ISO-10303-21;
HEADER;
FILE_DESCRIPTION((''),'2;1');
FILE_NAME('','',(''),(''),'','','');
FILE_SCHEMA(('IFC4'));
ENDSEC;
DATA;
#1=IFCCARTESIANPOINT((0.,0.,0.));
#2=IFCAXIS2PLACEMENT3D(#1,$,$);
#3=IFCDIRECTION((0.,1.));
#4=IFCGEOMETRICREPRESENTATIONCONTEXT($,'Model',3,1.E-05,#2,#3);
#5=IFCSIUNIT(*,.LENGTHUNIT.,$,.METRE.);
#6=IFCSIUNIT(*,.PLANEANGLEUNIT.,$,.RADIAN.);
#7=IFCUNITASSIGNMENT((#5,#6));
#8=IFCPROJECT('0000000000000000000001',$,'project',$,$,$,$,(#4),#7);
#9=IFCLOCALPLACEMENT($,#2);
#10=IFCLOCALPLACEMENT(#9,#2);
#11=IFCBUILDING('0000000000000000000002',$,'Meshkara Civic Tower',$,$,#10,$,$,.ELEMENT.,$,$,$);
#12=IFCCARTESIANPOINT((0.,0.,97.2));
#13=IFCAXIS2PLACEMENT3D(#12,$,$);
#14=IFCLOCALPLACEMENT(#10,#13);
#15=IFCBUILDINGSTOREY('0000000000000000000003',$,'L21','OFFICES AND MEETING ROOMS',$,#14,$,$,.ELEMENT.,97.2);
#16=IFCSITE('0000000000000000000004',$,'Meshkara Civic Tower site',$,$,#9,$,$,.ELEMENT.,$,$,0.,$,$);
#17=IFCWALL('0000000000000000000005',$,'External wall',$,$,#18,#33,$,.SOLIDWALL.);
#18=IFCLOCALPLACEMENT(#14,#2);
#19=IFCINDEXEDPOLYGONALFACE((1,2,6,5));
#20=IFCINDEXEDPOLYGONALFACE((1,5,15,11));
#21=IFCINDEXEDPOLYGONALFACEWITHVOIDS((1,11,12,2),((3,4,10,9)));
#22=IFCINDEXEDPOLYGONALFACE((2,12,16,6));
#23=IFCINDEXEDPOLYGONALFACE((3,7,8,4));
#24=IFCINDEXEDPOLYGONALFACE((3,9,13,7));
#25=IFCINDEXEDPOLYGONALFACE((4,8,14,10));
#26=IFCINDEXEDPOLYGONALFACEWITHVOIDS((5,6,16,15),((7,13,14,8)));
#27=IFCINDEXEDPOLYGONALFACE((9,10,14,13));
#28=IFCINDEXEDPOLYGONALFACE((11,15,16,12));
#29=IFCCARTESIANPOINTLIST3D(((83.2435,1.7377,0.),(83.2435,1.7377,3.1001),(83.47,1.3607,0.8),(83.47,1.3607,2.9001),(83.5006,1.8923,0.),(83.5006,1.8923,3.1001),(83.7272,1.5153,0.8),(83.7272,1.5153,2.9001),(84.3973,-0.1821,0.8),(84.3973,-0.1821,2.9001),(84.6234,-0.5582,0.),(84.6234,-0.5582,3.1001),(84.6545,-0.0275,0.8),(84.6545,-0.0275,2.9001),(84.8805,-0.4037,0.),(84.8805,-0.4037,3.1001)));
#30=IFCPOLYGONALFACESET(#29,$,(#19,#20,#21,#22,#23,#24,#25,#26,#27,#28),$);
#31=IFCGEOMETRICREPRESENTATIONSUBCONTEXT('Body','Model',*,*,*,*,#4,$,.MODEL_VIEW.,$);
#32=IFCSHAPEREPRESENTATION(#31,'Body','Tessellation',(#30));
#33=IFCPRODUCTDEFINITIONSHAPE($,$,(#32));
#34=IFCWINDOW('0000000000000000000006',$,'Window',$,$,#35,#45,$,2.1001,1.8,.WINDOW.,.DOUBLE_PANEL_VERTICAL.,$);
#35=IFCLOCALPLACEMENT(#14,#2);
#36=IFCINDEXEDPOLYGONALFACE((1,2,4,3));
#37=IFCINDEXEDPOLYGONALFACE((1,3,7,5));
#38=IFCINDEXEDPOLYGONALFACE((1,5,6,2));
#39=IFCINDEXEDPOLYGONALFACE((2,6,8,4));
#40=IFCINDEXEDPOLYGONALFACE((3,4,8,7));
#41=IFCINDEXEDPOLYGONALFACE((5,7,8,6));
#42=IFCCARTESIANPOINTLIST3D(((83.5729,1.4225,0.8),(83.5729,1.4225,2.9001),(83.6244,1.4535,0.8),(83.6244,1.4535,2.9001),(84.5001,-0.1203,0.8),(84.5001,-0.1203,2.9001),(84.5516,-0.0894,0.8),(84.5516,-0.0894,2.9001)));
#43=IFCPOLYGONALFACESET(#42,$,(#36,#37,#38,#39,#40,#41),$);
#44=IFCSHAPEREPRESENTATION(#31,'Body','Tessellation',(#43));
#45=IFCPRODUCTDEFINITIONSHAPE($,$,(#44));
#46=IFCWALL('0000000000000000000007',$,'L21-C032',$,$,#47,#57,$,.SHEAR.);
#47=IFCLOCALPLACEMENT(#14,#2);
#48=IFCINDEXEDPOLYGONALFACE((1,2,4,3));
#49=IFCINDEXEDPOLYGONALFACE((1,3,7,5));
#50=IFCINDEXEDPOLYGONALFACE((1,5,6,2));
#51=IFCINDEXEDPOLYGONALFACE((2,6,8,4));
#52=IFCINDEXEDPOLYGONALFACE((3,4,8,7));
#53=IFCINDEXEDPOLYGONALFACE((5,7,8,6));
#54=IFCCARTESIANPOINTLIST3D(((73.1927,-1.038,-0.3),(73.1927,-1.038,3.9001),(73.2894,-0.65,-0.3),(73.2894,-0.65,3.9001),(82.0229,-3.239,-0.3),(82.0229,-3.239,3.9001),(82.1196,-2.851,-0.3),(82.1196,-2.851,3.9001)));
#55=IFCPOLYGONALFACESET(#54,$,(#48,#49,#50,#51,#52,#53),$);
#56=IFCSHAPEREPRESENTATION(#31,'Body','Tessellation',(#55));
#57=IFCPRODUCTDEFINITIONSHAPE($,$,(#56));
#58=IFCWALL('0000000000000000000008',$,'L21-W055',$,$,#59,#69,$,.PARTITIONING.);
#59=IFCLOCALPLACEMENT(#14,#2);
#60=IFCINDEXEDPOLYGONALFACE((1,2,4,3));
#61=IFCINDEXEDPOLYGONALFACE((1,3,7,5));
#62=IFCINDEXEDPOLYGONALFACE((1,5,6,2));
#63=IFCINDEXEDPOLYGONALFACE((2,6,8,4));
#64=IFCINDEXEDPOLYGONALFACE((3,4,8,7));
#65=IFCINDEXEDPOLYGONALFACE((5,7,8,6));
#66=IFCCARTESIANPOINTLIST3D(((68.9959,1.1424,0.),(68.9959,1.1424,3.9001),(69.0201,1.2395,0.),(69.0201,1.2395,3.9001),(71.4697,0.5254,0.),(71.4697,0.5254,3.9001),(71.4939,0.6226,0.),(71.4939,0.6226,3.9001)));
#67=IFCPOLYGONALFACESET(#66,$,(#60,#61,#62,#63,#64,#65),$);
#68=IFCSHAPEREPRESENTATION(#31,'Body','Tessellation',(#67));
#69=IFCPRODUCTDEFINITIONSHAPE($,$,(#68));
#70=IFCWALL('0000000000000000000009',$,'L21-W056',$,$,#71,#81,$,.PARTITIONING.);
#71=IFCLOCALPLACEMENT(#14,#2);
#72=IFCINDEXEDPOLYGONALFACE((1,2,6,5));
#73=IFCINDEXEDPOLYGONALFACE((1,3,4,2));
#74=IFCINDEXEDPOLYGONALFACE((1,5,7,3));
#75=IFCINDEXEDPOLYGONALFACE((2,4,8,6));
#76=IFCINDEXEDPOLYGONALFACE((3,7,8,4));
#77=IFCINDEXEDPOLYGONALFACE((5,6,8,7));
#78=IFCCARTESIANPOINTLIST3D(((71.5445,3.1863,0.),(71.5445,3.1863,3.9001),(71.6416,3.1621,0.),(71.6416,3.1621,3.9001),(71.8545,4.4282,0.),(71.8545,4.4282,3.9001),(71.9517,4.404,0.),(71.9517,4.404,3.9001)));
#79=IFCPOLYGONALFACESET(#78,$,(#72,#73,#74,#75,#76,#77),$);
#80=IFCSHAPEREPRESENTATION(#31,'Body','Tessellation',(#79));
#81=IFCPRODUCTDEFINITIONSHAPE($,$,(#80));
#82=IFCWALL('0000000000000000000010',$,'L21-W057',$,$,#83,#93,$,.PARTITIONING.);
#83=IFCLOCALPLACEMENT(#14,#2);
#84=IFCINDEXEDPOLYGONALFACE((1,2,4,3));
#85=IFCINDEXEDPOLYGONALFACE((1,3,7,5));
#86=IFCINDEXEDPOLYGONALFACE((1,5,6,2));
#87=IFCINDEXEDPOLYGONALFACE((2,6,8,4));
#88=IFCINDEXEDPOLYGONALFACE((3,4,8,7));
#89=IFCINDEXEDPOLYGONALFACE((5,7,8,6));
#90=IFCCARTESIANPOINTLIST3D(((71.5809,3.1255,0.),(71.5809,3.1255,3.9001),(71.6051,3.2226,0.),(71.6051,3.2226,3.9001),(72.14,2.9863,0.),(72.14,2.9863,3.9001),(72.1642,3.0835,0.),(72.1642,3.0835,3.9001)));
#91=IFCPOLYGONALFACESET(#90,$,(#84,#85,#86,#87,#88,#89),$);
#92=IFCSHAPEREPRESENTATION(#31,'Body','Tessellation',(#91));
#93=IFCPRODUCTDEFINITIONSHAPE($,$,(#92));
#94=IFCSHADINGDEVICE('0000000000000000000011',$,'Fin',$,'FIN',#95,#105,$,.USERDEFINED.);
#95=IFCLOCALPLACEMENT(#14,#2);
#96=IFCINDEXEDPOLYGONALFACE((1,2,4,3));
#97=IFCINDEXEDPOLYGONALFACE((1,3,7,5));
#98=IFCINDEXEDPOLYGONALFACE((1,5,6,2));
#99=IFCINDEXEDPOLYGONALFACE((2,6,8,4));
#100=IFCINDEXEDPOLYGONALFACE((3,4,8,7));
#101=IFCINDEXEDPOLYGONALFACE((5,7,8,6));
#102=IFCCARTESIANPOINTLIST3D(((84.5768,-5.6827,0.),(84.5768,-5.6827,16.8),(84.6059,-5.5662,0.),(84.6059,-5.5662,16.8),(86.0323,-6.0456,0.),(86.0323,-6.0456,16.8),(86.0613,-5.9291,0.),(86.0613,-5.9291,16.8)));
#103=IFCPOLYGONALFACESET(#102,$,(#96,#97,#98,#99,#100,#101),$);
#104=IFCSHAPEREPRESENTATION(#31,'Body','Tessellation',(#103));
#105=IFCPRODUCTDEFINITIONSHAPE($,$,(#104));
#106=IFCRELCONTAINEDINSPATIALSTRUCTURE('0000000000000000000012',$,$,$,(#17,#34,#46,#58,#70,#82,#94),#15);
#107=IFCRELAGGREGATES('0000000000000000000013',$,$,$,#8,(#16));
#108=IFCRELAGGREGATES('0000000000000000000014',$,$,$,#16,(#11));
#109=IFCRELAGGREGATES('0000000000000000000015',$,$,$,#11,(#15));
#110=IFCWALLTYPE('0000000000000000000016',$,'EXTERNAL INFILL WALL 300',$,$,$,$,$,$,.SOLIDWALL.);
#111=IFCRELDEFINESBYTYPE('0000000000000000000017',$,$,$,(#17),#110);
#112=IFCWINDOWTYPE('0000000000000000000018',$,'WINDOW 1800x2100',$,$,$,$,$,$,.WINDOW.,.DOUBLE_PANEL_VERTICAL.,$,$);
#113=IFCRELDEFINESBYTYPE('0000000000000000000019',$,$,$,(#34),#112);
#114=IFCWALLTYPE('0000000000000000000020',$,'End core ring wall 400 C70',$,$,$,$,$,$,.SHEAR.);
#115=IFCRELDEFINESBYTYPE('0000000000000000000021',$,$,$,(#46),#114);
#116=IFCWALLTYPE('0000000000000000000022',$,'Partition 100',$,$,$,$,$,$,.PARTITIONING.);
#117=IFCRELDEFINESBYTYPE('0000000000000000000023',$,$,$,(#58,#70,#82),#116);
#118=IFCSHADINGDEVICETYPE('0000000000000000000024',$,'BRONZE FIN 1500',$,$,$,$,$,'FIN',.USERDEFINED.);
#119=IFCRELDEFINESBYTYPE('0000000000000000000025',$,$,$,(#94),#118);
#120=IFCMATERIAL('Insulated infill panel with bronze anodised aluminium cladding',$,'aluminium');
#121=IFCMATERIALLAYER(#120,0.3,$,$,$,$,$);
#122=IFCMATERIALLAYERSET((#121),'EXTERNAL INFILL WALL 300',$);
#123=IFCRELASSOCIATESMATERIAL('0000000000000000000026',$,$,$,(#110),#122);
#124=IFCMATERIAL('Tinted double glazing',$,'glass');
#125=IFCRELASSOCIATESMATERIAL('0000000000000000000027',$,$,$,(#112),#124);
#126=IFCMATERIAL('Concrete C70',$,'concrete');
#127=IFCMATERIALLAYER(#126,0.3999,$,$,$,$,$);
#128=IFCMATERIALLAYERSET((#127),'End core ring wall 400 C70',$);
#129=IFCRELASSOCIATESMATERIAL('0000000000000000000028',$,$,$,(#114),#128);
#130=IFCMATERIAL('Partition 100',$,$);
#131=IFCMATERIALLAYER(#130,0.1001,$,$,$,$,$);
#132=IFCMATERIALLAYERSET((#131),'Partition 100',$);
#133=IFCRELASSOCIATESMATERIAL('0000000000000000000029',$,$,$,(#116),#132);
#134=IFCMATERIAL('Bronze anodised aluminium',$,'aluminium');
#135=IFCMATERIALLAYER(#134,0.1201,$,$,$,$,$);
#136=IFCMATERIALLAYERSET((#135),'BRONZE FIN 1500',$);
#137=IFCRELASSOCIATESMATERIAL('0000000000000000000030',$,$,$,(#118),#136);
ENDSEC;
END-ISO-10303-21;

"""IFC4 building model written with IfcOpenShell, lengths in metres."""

from ifc_helpers import new_model, si_unit, direction, frame, frame_2d, origin, origin_2d, place, context, subcontext, project, spatial, rectangle, extrude, material, layer, layer_set, type_object, element, fill, save


model = new_model("IFC4")

# Units and contexts
model_context = context("Model", 3, precision=1e-05, world=origin(), true_north=direction((0.0, 1.0)))
body_context = subcontext(model_context, "Body", "Model", "MODEL_VIEW")
ifc_project = project(units=[si_unit("LENGTHUNIT", "METRE"), si_unit("PLANEANGLEUNIT", "RADIAN")], contexts=[model_context])

# Site, building, storey
site_placement = place(None, origin())
site = spatial("IfcSite", under=ifc_project, at=site_placement, Name="Meshkara Civic Tower site", CompositionType="ELEMENT", RefElevation=0.0)
building_placement = place(site_placement, origin())
building = spatial("IfcBuilding", under=site, at=building_placement, Name="Meshkara Civic Tower", CompositionType="ELEMENT")
storey_placement = place(building_placement, frame((0.0, 0.0, 97.2)))
storey = spatial("IfcBuildingStorey", under=building, at=storey_placement, Name="L21", Description="OFFICES AND MEETING ROOMS", CompositionType="ELEMENT", Elevation=97.2)

# Wall, opening, window
ifc_material_1 = material(Name="Insulated infill panel with bronze anodised aluminium cladding", Category="aluminium")
ifc_layer_1 = layer(ifc_material_1, 0.3)
ifc_layer_set_1 = layer_set([ifc_layer_1], Name="EXTERNAL INFILL WALL 300")
wall_type_1 = type_object("IfcWallType", Name="EXTERNAL INFILL WALL 300", PredefinedType="SOLIDWALL", material=ifc_layer_set_1)
ifc_material_2 = material(Name="Tinted double glazing", Category="glass")
window_type_1 = type_object("IfcWindowType", Name="WINDOW 1800x2100", PartitioningType="DOUBLE_PANEL_VERTICAL", PredefinedType="WINDOW", material=ifc_material_2)
wall_1_placement = place(storey_placement, frame((84.752, -0.481, 0.0), z_axis=(0.0, 0.0, 1.0), x_axis=(-0.515139, 0.857107, 0.0)))
wall_1 = element("IfcWall", 1, at=wall_1_placement, inside=storey, type_object=wall_type_1, Name="External wall", PredefinedType="SOLIDWALL", context=body_context, shape_type="SweptSolid", body=[
    extrude(rectangle(XDim=2.6787, YDim=0.3, at=frame_2d((1.3394, 0.0))), origin(), (0.0, 0.0, 1.0), 3.1001),
])
opening_1_placement = place(wall_1_placement, frame((0.439, 0.0, 0.8)))
opening_1 = element("IfcOpeningElement", 2, at=opening_1_placement, cuts=wall_1, PredefinedType="OPENING", context=body_context, shape_type="SweptSolid", body=[
    extrude(rectangle(XDim=1.8, YDim=2.1001, at=frame_2d((0.8999, 1.05))), frame((0.0, 0.1599, 0.0), z_axis=(0.0, -1.0, 0.0), x_axis=(1.0, 0.0, 0.0)), (0.0, 0.0, 1.0), 0.3201),
])
window_1_placement = place(opening_1_placement, origin())
window_1 = element("IfcWindow", 3, at=window_1_placement, inside=storey, type_object=window_type_1, Name="Window", OverallHeight=2.1001, OverallWidth=1.8, PartitioningType="DOUBLE_PANEL_VERTICAL", PredefinedType="WINDOW", context=body_context, shape_type="SweptSolid", body=[
    extrude(rectangle(XDim=1.8, YDim=2.1001, at=frame_2d((0.8999, 1.05))), frame((0.0, 0.03, 0.0), z_axis=(0.0, -1.0, 0.0), x_axis=(1.0, 0.0, 0.0)), (0.0, 0.0, 1.0), 0.0601),
])
fill(opening_1, window_1)

# Walls
ifc_material_3 = material(Name="Concrete C70", Category="concrete")
ifc_layer_2 = layer(ifc_material_3, 0.3999)
ifc_layer_set_2 = layer_set([ifc_layer_2], Name="End core ring wall 400 C70")
wall_type_2 = type_object("IfcWallType", Name="End core ring wall 400 C70", PredefinedType="SHEAR", material=ifc_layer_set_2)
wall_2_placement = place(storey_placement, frame((73.241, -0.844, -0.3), z_axis=(0.0, 0.0, 1.0), x_axis=(0.970313, -0.241854, 0.0)))
element("IfcWall", 4, at=wall_2_placement, inside=storey, type_object=wall_type_2, Name="L21-C032", PredefinedType="SHEAR", context=body_context, shape_type="SweptSolid", body=[
    extrude(rectangle(XDim=9.1003, YDim=0.3999, at=frame_2d((4.5503, 0.0))), origin(), (0.0, 0.0, 1.0), 4.2002),
])
ifc_material_4 = material(Name="Partition 100")
ifc_layer_3 = layer(ifc_material_4, 0.1001)
ifc_layer_set_3 = layer_set([ifc_layer_3], Name="Partition 100")
wall_type_3 = type_object("IfcWallType", Name="Partition 100", PredefinedType="PARTITIONING", material=ifc_layer_set_3)
wall_3_placement = place(storey_placement, frame((71.4819, 0.574, 0.0), z_axis=(0.0, 0.0, 1.0), x_axis=(-0.970283, 0.241972, 0.0)))
element("IfcWall", 5, at=wall_3_placement, inside=storey, type_object=wall_type_3, Name="L21-W055", PredefinedType="PARTITIONING", context=body_context, shape_type="SweptSolid", body=[
    extrude(rectangle(XDim=2.5496, YDim=0.1001, at=frame_2d((1.2749, 0.0))), origin(), (0.0, 0.0, 1.0), 3.9001),
])
wall_4_placement = place(storey_placement, frame((71.593, 3.1741, 0.0), z_axis=(0.0, 0.0, 1.0), x_axis=(0.242221, 0.970221, 0.0)))
element("IfcWall", 6, at=wall_4_placement, inside=storey, type_object=wall_type_3, Name="L21-W056", PredefinedType="PARTITIONING", context=body_context, shape_type="SweptSolid", body=[
    extrude(rectangle(XDim=1.28, YDim=0.1001, at=frame_2d((0.6401, 0.0))), origin(), (0.0, 0.0, 1.0), 3.9001),
])
wall_5_placement = place(storey_placement, frame((72.1521, 3.0349, 0.0), z_axis=(0.0, 0.0, 1.0), x_axis=(-0.970391, 0.241538, 0.0)))
element("IfcWall", 7, at=wall_5_placement, inside=storey, type_object=wall_type_3, Name="L21-W057", PredefinedType="PARTITIONING", context=body_context, shape_type="SweptSolid", body=[
    extrude(rectangle(XDim=0.5762, YDim=0.1001, at=frame_2d((0.2881, 0.0))), origin(), (0.0, 0.0, 1.0), 3.9001),
])

# Shading device
ifc_material_5 = material(Name="Bronze anodised aluminium", Category="aluminium")
ifc_layer_4 = layer(ifc_material_5, 0.1201)
ifc_layer_set_4 = layer_set([ifc_layer_4], Name="BRONZE FIN 1500")
shading_device_type = type_object("IfcShadingDeviceType", Name="BRONZE FIN 1500", ElementType="FIN", PredefinedType="USERDEFINED", material=ifc_layer_set_4)
shading_device_placement = place(storey_placement, frame((85.3191, -5.8059, 0.0), z_axis=(0.0, 0.0, 1.0), x_axis=(0.241922, 0.970296, 0.0)))
element("IfcShadingDevice", 8, at=shading_device_placement, inside=storey, type_object=shading_device_type, Name="Fin", ObjectType="FIN", PredefinedType="USERDEFINED", context=body_context, shape_type="SweptSolid", body=[
    extrude(rectangle(XDim=0.1201, YDim=1.5, at=origin_2d()), origin(), (0.0, 0.0, 1.0), 16.8),
])

save(model, "model.ifc")
